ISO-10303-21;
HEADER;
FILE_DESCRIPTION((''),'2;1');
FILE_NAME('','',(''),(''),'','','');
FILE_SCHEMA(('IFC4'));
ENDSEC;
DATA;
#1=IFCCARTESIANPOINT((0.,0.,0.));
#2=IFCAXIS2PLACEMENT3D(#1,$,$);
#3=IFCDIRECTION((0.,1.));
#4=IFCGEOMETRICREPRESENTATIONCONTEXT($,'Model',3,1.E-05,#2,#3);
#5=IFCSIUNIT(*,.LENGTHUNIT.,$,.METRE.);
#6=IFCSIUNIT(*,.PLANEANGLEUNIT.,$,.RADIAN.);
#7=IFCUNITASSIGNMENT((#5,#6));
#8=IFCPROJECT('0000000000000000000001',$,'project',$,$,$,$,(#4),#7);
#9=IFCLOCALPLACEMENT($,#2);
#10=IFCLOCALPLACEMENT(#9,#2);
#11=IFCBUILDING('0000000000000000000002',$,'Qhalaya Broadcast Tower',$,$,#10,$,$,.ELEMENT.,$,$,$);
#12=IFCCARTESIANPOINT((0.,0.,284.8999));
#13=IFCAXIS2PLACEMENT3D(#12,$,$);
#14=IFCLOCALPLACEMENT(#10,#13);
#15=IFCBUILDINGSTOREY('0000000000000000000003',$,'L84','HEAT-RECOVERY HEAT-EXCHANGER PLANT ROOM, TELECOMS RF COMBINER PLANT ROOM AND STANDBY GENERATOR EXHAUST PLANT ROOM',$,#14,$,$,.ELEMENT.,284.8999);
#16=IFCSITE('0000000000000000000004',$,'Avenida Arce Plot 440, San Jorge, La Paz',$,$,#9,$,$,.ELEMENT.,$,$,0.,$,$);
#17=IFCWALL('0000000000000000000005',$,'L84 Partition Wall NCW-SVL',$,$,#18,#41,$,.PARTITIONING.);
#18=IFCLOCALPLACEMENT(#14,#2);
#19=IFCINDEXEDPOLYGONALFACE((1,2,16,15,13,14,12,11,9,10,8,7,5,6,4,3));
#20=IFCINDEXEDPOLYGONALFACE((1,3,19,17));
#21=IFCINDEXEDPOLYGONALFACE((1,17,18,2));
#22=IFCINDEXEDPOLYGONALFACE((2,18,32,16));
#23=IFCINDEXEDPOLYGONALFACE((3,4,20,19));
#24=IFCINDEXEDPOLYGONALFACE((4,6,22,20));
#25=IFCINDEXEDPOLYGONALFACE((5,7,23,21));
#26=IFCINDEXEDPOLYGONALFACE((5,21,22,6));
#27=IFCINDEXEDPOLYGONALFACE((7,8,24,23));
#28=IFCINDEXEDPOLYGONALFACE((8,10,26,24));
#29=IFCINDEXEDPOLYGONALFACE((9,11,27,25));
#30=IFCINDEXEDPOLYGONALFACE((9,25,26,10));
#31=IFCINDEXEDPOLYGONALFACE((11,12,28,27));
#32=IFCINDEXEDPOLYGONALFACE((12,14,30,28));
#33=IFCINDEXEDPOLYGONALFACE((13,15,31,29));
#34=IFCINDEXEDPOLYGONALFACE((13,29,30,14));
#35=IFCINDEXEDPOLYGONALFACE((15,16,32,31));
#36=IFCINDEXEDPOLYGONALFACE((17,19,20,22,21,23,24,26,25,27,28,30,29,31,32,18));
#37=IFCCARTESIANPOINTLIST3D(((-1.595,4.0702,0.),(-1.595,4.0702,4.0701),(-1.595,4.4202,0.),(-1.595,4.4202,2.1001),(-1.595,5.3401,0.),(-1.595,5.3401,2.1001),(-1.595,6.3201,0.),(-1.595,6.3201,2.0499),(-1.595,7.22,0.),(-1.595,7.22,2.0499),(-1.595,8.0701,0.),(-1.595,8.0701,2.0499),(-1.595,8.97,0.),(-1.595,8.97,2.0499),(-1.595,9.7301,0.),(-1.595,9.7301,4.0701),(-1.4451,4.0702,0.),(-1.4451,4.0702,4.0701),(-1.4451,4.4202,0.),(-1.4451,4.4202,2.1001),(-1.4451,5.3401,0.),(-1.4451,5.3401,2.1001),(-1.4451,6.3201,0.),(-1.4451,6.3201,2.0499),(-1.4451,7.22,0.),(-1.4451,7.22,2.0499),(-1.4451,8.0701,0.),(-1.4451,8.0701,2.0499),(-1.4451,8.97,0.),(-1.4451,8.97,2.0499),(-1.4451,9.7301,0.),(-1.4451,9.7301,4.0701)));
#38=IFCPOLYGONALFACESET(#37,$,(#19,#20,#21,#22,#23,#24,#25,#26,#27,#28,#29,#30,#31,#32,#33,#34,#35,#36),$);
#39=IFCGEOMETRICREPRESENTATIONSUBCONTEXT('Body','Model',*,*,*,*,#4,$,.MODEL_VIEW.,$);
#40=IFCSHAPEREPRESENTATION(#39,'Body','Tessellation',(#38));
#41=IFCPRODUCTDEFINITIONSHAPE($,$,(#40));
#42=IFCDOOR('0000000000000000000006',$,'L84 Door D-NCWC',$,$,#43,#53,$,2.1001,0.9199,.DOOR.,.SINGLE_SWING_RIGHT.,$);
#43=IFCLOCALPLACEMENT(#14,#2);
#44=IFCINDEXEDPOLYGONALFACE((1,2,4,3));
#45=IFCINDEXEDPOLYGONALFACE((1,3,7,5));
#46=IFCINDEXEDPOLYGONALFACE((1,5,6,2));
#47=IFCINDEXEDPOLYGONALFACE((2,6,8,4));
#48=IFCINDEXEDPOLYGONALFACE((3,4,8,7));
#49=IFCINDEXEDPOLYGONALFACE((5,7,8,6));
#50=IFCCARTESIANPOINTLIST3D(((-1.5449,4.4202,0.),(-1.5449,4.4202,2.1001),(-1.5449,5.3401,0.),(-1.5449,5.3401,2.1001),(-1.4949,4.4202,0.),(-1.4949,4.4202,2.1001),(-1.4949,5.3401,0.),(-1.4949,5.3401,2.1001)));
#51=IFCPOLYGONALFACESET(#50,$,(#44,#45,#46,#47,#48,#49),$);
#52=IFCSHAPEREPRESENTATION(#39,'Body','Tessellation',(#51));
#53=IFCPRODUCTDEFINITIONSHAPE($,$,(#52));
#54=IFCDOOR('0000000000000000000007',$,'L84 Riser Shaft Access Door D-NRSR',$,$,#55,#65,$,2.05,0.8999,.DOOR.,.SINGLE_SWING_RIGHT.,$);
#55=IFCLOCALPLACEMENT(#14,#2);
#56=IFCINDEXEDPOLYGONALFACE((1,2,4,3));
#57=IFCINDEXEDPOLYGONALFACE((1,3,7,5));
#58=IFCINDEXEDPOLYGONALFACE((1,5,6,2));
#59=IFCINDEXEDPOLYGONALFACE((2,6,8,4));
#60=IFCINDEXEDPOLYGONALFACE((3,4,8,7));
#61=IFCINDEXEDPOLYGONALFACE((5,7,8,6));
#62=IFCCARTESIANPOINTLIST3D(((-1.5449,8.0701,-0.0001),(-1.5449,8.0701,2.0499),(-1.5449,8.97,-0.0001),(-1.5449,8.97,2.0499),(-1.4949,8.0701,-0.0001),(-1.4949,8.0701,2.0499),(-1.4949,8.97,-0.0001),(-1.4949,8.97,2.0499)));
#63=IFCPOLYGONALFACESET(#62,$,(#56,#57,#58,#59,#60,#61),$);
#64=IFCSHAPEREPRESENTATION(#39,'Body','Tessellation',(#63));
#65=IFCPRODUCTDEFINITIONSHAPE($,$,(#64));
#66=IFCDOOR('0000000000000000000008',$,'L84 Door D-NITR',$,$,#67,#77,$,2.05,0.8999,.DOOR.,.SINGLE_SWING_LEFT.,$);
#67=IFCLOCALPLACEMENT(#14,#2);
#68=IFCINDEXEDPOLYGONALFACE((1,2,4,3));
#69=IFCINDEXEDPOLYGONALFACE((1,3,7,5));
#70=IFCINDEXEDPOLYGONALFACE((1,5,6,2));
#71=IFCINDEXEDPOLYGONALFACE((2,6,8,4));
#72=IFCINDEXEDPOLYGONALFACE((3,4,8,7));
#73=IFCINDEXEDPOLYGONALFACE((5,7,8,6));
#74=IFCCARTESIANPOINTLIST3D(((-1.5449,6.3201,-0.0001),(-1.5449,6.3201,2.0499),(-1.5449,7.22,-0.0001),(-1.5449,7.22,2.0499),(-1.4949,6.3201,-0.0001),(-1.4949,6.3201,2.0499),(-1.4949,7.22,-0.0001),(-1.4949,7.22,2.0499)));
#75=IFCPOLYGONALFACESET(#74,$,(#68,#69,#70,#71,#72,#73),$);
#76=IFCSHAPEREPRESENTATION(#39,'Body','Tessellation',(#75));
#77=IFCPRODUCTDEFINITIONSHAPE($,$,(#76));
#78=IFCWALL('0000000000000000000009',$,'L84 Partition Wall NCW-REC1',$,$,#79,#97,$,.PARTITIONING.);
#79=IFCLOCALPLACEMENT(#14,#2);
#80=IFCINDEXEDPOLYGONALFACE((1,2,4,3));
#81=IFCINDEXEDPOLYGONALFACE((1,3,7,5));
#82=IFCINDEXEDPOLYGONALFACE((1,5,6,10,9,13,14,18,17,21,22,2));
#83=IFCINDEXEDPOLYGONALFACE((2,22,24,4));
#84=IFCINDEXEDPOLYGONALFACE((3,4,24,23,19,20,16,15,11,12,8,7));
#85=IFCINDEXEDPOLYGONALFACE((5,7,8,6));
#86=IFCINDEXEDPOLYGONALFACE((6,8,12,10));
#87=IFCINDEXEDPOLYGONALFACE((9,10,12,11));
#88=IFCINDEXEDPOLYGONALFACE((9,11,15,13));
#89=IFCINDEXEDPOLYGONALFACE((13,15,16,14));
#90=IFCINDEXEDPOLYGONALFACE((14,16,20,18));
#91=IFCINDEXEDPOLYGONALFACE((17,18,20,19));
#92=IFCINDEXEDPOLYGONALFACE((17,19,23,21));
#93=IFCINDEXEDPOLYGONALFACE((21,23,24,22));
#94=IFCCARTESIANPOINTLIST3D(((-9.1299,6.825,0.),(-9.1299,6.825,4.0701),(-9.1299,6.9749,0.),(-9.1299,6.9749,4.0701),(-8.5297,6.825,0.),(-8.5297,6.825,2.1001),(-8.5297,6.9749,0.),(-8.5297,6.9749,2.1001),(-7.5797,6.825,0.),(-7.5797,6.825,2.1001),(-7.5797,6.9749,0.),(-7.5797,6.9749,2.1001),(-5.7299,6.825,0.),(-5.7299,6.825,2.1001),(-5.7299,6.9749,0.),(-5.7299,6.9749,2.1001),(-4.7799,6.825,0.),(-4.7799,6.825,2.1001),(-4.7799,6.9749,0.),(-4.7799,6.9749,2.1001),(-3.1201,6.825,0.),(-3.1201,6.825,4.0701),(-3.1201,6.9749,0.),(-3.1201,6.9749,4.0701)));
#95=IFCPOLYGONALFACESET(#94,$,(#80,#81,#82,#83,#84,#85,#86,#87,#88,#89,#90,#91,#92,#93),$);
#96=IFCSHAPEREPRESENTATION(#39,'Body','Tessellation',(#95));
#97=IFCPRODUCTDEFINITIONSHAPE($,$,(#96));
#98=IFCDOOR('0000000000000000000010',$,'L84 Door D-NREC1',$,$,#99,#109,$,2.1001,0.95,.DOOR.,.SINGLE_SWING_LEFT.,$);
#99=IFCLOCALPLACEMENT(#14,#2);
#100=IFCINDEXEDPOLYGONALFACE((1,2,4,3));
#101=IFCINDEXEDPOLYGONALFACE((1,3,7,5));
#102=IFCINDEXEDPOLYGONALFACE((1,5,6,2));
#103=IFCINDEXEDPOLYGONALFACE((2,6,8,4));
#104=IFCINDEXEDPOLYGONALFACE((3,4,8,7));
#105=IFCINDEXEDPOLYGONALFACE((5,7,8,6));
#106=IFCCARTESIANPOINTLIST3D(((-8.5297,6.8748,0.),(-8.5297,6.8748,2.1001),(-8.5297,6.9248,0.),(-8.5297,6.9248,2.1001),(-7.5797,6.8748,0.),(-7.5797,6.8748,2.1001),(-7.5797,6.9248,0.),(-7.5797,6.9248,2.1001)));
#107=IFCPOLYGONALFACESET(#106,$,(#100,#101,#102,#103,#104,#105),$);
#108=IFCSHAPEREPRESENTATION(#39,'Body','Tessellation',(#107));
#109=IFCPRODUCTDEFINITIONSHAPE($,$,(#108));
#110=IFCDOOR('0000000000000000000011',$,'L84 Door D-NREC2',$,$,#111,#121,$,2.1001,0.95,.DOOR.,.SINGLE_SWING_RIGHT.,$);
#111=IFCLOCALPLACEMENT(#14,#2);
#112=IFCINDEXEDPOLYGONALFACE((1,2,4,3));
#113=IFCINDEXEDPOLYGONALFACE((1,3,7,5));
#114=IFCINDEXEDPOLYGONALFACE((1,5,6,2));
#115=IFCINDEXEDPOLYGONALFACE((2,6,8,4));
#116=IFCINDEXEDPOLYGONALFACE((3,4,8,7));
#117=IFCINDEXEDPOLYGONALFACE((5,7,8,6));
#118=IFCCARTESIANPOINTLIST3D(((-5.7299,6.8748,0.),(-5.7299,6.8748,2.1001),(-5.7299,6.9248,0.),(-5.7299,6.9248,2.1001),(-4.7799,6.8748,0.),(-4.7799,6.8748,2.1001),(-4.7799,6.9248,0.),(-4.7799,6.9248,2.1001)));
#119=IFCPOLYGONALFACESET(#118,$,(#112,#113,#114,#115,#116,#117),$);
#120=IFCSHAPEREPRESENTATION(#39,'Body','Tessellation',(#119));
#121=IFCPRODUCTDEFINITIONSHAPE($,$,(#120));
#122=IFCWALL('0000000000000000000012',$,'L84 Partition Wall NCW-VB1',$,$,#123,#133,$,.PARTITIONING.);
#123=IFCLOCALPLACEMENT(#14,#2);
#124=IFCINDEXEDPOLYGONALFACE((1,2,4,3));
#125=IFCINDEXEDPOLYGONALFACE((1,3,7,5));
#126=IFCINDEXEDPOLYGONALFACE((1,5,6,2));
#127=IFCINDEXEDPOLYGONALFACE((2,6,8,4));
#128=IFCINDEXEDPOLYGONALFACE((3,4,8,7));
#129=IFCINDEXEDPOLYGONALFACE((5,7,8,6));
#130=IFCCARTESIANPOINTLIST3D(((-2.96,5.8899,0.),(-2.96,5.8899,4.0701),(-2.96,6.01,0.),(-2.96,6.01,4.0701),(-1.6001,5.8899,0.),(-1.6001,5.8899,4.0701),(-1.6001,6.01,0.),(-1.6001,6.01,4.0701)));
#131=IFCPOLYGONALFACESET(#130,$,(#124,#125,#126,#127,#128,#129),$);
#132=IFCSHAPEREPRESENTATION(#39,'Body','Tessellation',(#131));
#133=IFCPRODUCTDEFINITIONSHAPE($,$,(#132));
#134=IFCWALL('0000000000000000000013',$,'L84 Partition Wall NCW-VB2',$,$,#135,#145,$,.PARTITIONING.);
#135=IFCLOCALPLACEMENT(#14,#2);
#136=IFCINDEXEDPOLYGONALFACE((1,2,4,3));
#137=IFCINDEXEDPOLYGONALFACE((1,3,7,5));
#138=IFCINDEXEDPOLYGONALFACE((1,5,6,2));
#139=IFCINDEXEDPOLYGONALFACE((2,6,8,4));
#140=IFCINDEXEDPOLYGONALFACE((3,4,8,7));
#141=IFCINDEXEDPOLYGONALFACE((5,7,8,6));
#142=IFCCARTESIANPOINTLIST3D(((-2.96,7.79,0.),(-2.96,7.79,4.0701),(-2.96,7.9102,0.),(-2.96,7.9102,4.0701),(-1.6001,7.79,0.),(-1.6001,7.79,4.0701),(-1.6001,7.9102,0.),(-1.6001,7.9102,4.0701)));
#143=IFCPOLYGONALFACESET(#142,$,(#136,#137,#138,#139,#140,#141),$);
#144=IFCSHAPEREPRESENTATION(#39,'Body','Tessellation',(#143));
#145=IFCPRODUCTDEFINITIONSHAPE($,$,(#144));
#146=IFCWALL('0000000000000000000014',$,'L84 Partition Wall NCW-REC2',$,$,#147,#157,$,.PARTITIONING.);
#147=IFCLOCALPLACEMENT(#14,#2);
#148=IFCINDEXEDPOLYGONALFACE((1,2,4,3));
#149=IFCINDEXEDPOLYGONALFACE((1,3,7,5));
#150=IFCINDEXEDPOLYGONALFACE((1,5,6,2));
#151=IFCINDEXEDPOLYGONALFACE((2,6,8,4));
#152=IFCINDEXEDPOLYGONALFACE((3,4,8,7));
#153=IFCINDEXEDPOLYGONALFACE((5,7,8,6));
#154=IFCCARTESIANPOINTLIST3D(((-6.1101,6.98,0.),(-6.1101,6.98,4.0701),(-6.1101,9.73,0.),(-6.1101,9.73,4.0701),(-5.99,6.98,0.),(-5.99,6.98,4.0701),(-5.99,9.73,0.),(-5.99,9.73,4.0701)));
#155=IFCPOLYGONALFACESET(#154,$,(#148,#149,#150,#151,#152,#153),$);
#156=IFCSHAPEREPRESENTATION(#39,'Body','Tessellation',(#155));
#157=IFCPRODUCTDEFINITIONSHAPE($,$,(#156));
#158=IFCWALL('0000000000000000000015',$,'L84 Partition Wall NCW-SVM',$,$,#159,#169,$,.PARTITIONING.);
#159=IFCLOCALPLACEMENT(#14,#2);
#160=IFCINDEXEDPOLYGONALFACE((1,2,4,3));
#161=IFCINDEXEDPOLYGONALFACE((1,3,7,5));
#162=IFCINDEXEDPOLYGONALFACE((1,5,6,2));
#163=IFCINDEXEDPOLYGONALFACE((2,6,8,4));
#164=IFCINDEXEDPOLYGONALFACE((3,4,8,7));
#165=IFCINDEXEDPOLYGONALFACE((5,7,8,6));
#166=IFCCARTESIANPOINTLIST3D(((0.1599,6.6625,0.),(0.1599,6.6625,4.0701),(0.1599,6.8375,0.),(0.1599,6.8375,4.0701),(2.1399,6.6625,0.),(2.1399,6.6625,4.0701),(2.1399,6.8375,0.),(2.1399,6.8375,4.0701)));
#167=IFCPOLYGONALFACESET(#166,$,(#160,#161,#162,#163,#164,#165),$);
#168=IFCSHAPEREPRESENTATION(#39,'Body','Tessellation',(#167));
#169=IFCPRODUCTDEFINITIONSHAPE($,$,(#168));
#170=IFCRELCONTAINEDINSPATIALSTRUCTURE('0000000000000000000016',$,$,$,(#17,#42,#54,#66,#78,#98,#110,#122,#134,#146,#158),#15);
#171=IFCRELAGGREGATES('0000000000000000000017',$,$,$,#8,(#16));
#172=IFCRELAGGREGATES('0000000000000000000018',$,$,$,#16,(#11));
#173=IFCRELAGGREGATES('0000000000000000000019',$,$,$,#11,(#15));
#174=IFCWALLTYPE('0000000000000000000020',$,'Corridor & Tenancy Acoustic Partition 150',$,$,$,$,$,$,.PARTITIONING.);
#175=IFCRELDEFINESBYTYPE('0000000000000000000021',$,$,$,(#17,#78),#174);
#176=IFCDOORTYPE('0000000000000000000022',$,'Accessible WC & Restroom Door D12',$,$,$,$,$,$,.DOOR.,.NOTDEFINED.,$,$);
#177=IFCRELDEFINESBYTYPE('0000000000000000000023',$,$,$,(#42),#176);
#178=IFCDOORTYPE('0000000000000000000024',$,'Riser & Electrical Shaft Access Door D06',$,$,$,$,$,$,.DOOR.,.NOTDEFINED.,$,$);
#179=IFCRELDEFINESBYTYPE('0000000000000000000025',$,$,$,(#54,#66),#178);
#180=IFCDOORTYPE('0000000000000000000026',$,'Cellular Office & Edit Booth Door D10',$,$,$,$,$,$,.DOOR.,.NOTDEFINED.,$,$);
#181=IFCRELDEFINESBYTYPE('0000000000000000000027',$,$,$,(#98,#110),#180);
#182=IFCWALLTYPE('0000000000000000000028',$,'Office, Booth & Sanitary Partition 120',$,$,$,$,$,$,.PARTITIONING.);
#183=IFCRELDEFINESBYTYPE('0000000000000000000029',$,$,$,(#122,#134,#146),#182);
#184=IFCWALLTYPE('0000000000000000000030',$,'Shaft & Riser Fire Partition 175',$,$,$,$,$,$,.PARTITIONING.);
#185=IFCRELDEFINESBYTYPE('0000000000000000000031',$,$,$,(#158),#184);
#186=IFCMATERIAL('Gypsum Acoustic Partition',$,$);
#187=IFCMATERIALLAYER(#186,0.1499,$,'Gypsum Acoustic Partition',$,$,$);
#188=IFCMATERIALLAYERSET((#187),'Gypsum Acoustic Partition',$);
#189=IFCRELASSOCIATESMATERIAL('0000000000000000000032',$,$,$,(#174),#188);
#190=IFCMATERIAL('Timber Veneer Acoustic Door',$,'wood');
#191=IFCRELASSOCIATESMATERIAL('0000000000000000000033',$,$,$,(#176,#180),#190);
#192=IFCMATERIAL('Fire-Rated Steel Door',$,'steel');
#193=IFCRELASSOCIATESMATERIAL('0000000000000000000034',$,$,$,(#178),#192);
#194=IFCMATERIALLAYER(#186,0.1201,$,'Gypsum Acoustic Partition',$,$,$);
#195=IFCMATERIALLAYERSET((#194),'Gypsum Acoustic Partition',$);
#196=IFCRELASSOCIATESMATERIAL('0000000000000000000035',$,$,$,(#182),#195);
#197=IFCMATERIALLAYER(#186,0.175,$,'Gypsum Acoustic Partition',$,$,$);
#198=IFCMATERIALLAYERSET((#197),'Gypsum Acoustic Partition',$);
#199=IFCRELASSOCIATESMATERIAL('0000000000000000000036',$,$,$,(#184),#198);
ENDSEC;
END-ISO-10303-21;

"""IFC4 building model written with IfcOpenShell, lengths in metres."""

from ifc_helpers import new_model, si_unit, direction, frame, frame_2d, origin, place, context, subcontext, project, spatial, rectangle, extrude, material, layer, layer_set, type_object, element, fill, save


model = new_model("IFC4")

# Units and contexts
model_context = context("Model", 3, precision=1e-05, world=origin(), true_north=direction((0.0, 1.0)))
body_context = subcontext(model_context, "Body", "Model", "MODEL_VIEW")
ifc_project = project(units=[si_unit("LENGTHUNIT", "METRE"), si_unit("PLANEANGLEUNIT", "RADIAN")], contexts=[model_context])

# Site, building, storey
site_placement = place(None, origin())
site = spatial("IfcSite", under=ifc_project, at=site_placement, Name="Avenida Arce Plot 440, San Jorge, La Paz", CompositionType="ELEMENT", RefElevation=0.0)
building_placement = place(site_placement, origin())
building = spatial("IfcBuilding", under=site, at=building_placement, Name="Qhalaya Broadcast Tower", CompositionType="ELEMENT")
storey_placement = place(building_placement, frame((0.0, 0.0, 284.8999)))
storey = spatial("IfcBuildingStorey", under=building, at=storey_placement, Name="L84", Description="HEAT-RECOVERY HEAT-EXCHANGER PLANT ROOM, TELECOMS RF COMBINER PLANT ROOM AND STANDBY GENERATOR EXHAUST PLANT ROOM", CompositionType="ELEMENT", Elevation=284.8999)

# Walls, openings, doors
ifc_material_1 = material(Name="Gypsum Acoustic Partition")
ifc_layer_1 = layer(ifc_material_1, 0.1499, Name="Gypsum Acoustic Partition")
ifc_layer_set_1 = layer_set([ifc_layer_1], Name="Gypsum Acoustic Partition")
wall_type_1 = type_object("IfcWallType", Name="Corridor & Tenancy Acoustic Partition 150", PredefinedType="PARTITIONING", material=ifc_layer_set_1)
wall_1_placement = place(storey_placement, frame((-1.52, 4.0701, 0.0), z_axis=(0.0, 0.0, 1.0), x_axis=(0.0, 1.0, 0.0)))
wall_1 = element("IfcWall", 1, at=wall_1_placement, inside=storey, type_object=wall_type_1, Name="L84 Partition Wall NCW-SVL", PredefinedType="PARTITIONING", context=body_context, shape_type="SweptSolid", body=[
    extrude(rectangle(XDim=5.6599, YDim=0.1499, at=frame_2d((2.8301, 0.0))), origin(), (0.0, 0.0, 1.0), 4.0701),
])
opening_1_placement = place(wall_1_placement, frame((4.0, 0.0, 0.0)))
opening_1 = element("IfcOpeningElement", 2, at=opening_1_placement, cuts=wall_1, PredefinedType="OPENING", context=body_context, shape_type="SweptSolid", body=[
    extrude(rectangle(XDim=0.8999, YDim=2.05, at=frame_2d((0.45, 1.0249))), frame((0.0, 0.0869, 0.0), z_axis=(0.0, -1.0, 0.0), x_axis=(1.0, 0.0, 0.0)), (0.0, 0.0, 1.0), 0.1738),
])
opening_2_placement = place(wall_1_placement, frame((2.25, 0.0, 0.0)))
opening_2 = element("IfcOpeningElement", 3, at=opening_2_placement, cuts=wall_1, PredefinedType="OPENING", context=body_context, shape_type="SweptSolid", body=[
    extrude(rectangle(XDim=0.8999, YDim=2.05, at=frame_2d((0.45, 1.0249))), frame((0.0, 0.0869, 0.0), z_axis=(0.0, -1.0, 0.0), x_axis=(1.0, 0.0, 0.0)), (0.0, 0.0, 1.0), 0.1738),
])
opening_3_placement = place(wall_1_placement, frame((0.3501, 0.0, 0.0)))
opening_3 = element("IfcOpeningElement", 4, at=opening_3_placement, cuts=wall_1, PredefinedType="OPENING", context=body_context, shape_type="SweptSolid", body=[
    extrude(rectangle(XDim=0.9199, YDim=2.1001, at=frame_2d((0.46, 1.05))), frame((0.0, 0.0869, 0.0), z_axis=(0.0, -1.0, 0.0), x_axis=(1.0, 0.0, 0.0)), (0.0, 0.0, 1.0), 0.1738),
])
ifc_material_2 = material(Name="Timber Veneer Acoustic Door", Category="wood")
door_type_1 = type_object("IfcDoorType", Name="Accessible WC & Restroom Door D12", OperationType="NOTDEFINED", PredefinedType="DOOR", material=ifc_material_2)
door_1_placement = place(opening_3_placement, origin())
door_1 = element("IfcDoor", 5, at=door_1_placement, inside=storey, type_object=door_type_1, Name="L84 Door D-NCWC", OperationType="SINGLE_SWING_RIGHT", OverallHeight=2.1001, OverallWidth=0.9199, PredefinedType="DOOR", context=body_context, shape_type="SweptSolid", body=[
    extrude(rectangle(XDim=0.9199, YDim=2.1001, at=frame_2d((0.46, 1.05))), frame((0.0, 0.0249, 0.0), z_axis=(0.0, -1.0, 0.0), x_axis=(1.0, 0.0, 0.0)), (0.0, 0.0, 1.0), 0.05),
])
fill(opening_3, door_1)
ifc_material_3 = material(Name="Fire-Rated Steel Door", Category="steel")
door_type_2 = type_object("IfcDoorType", Name="Riser & Electrical Shaft Access Door D06", OperationType="NOTDEFINED", PredefinedType="DOOR", material=ifc_material_3)
door_2_placement = place(opening_1_placement, origin())
door_2 = element("IfcDoor", 6, at=door_2_placement, inside=storey, type_object=door_type_2, Name="L84 Riser Shaft Access Door D-NRSR", OperationType="SINGLE_SWING_RIGHT", OverallHeight=2.05, OverallWidth=0.8999, PredefinedType="DOOR", context=body_context, shape_type="SweptSolid", body=[
    extrude(rectangle(XDim=0.8999, YDim=2.05, at=frame_2d((0.45, 1.0249))), frame((0.0, 0.0249, 0.0), z_axis=(0.0, -1.0, 0.0), x_axis=(1.0, 0.0, 0.0)), (0.0, 0.0, 1.0), 0.05),
])
fill(opening_1, door_2)
door_3_placement = place(opening_2_placement, origin())
door_3 = element("IfcDoor", 7, at=door_3_placement, inside=storey, type_object=door_type_2, Name="L84 Door D-NITR", OperationType="SINGLE_SWING_LEFT", OverallHeight=2.05, OverallWidth=0.8999, PredefinedType="DOOR", context=body_context, shape_type="SweptSolid", body=[
    extrude(rectangle(XDim=0.8999, YDim=2.05, at=frame_2d((0.45, 1.0249))), frame((0.0, 0.0249, 0.0), z_axis=(0.0, -1.0, 0.0), x_axis=(1.0, 0.0, 0.0)), (0.0, 0.0, 1.0), 0.05),
])
fill(opening_2, door_3)
wall_2_placement = place(storey_placement, frame((-9.1299, 6.8999, 0.0), z_axis=(0.0, 0.0, 1.0), x_axis=(1.0, 0.0, 0.0)))
wall_2 = element("IfcWall", 8, at=wall_2_placement, inside=storey, type_object=wall_type_1, Name="L84 Partition Wall NCW-REC1", PredefinedType="PARTITIONING", context=body_context, shape_type="SweptSolid", body=[
    extrude(rectangle(XDim=6.0098, YDim=0.1499, at=frame_2d((3.0049, 0.0))), origin(), (0.0, 0.0, 1.0), 4.0701),
])
opening_4_placement = place(wall_2_placement, frame((0.6001, 0.0, 0.0)))
opening_4 = element("IfcOpeningElement", 9, at=opening_4_placement, cuts=wall_2, PredefinedType="OPENING", context=body_context, shape_type="SweptSolid", body=[
    extrude(rectangle(XDim=0.95, YDim=2.1001, at=frame_2d((0.4751, 1.05))), frame((0.0, 0.0869, 0.0), z_axis=(0.0, -1.0, 0.0), x_axis=(1.0, 0.0, 0.0)), (0.0, 0.0, 1.0), 0.1738),
])
opening_5_placement = place(wall_2_placement, frame((3.3999, 0.0, 0.0)))
opening_5 = element("IfcOpeningElement", 10, at=opening_5_placement, cuts=wall_2, PredefinedType="OPENING", context=body_context, shape_type="SweptSolid", body=[
    extrude(rectangle(XDim=0.95, YDim=2.1001, at=frame_2d((0.4751, 1.05))), frame((0.0, 0.0869, 0.0), z_axis=(0.0, -1.0, 0.0), x_axis=(1.0, 0.0, 0.0)), (0.0, 0.0, 1.0), 0.1738),
])
door_type_3 = type_object("IfcDoorType", Name="Cellular Office & Edit Booth Door D10", OperationType="NOTDEFINED", PredefinedType="DOOR", material=ifc_material_2)
door_4_placement = place(opening_4_placement, origin())
door_4 = element("IfcDoor", 11, at=door_4_placement, inside=storey, type_object=door_type_3, Name="L84 Door D-NREC1", OperationType="SINGLE_SWING_LEFT", OverallHeight=2.1001, OverallWidth=0.95, PredefinedType="DOOR", context=body_context, shape_type="SweptSolid", body=[
    extrude(rectangle(XDim=0.95, YDim=2.1001, at=frame_2d((0.4751, 1.05))), frame((0.0, 0.0249, 0.0), z_axis=(0.0, -1.0, 0.0), x_axis=(1.0, 0.0, 0.0)), (0.0, 0.0, 1.0), 0.05),
])
fill(opening_4, door_4)
door_5_placement = place(opening_5_placement, origin())
door_5 = element("IfcDoor", 12, at=door_5_placement, inside=storey, type_object=door_type_3, Name="L84 Door D-NREC2", OperationType="SINGLE_SWING_RIGHT", OverallHeight=2.1001, OverallWidth=0.95, PredefinedType="DOOR", context=body_context, shape_type="SweptSolid", body=[
    extrude(rectangle(XDim=0.95, YDim=2.1001, at=frame_2d((0.4751, 1.05))), frame((0.0, 0.0249, 0.0), z_axis=(0.0, -1.0, 0.0), x_axis=(1.0, 0.0, 0.0)), (0.0, 0.0, 1.0), 0.05),
])
fill(opening_5, door_5)

# Walls
ifc_layer_2 = layer(ifc_material_1, 0.1201, Name="Gypsum Acoustic Partition")
ifc_layer_set_2 = layer_set([ifc_layer_2], Name="Gypsum Acoustic Partition")
wall_type_2 = type_object("IfcWallType", Name="Office, Booth & Sanitary Partition 120", PredefinedType="PARTITIONING", material=ifc_layer_set_2)
for number, where, z_axis, x_axis, name in (
    (13, (-2.96, 5.95, 0.0), (0.0, 0.0, 1.0), (1.0, 0.0, 0.0), "L84 Partition Wall NCW-VB1"),
    (14, (-2.96, 7.8501, 0.0), (0.0, 0.0, 1.0), (1.0, 0.0, 0.0), "L84 Partition Wall NCW-VB2"),
):
    element("IfcWall", number, at=place(storey_placement, frame(where, z_axis=z_axis, x_axis=x_axis)), inside=storey, type_object=wall_type_2, Name=name, PredefinedType="PARTITIONING", context=body_context, shape_type="SweptSolid", body=[
        extrude(rectangle(XDim=1.3599, YDim=0.1201, at=frame_2d((0.6799, 0.0))), origin(), (0.0, 0.0, 1.0), 4.0701),
    ])
wall_3_placement = place(storey_placement, frame((-6.05, 6.98, 0.0), z_axis=(0.0, 0.0, 1.0), x_axis=(0.0, 1.0, 0.0)))
element("IfcWall", 15, at=wall_3_placement, inside=storey, type_object=wall_type_2, Name="L84 Partition Wall NCW-REC2", PredefinedType="PARTITIONING", context=body_context, shape_type="SweptSolid", body=[
    extrude(rectangle(XDim=2.75, YDim=0.1201, at=frame_2d((1.375, 0.0))), origin(), (0.0, 0.0, 1.0), 4.0701),
])

# Shared definitions
ifc_layer_3 = layer(ifc_material_1, 0.175, Name="Gypsum Acoustic Partition")
ifc_layer_set_3 = layer_set([ifc_layer_3], Name="Gypsum Acoustic Partition")
wall_type_3 = type_object("IfcWallType", Name="Shaft & Riser Fire Partition 175", PredefinedType="PARTITIONING", material=ifc_layer_set_3)

# Wall
wall_4_placement = place(storey_placement, frame((0.1599, 6.75, 0.0), z_axis=(0.0, 0.0, 1.0), x_axis=(1.0, 0.0, 0.0)))
element("IfcWall", 16, at=wall_4_placement, inside=storey, type_object=wall_type_3, Name="L84 Partition Wall NCW-SVM", PredefinedType="PARTITIONING", context=body_context, shape_type="SweptSolid", body=[
    extrude(rectangle(XDim=1.98, YDim=0.175, at=frame_2d((0.99, 0.0))), origin(), (0.0, 0.0, 1.0), 4.0701),
])

save(model, "model.ifc")
